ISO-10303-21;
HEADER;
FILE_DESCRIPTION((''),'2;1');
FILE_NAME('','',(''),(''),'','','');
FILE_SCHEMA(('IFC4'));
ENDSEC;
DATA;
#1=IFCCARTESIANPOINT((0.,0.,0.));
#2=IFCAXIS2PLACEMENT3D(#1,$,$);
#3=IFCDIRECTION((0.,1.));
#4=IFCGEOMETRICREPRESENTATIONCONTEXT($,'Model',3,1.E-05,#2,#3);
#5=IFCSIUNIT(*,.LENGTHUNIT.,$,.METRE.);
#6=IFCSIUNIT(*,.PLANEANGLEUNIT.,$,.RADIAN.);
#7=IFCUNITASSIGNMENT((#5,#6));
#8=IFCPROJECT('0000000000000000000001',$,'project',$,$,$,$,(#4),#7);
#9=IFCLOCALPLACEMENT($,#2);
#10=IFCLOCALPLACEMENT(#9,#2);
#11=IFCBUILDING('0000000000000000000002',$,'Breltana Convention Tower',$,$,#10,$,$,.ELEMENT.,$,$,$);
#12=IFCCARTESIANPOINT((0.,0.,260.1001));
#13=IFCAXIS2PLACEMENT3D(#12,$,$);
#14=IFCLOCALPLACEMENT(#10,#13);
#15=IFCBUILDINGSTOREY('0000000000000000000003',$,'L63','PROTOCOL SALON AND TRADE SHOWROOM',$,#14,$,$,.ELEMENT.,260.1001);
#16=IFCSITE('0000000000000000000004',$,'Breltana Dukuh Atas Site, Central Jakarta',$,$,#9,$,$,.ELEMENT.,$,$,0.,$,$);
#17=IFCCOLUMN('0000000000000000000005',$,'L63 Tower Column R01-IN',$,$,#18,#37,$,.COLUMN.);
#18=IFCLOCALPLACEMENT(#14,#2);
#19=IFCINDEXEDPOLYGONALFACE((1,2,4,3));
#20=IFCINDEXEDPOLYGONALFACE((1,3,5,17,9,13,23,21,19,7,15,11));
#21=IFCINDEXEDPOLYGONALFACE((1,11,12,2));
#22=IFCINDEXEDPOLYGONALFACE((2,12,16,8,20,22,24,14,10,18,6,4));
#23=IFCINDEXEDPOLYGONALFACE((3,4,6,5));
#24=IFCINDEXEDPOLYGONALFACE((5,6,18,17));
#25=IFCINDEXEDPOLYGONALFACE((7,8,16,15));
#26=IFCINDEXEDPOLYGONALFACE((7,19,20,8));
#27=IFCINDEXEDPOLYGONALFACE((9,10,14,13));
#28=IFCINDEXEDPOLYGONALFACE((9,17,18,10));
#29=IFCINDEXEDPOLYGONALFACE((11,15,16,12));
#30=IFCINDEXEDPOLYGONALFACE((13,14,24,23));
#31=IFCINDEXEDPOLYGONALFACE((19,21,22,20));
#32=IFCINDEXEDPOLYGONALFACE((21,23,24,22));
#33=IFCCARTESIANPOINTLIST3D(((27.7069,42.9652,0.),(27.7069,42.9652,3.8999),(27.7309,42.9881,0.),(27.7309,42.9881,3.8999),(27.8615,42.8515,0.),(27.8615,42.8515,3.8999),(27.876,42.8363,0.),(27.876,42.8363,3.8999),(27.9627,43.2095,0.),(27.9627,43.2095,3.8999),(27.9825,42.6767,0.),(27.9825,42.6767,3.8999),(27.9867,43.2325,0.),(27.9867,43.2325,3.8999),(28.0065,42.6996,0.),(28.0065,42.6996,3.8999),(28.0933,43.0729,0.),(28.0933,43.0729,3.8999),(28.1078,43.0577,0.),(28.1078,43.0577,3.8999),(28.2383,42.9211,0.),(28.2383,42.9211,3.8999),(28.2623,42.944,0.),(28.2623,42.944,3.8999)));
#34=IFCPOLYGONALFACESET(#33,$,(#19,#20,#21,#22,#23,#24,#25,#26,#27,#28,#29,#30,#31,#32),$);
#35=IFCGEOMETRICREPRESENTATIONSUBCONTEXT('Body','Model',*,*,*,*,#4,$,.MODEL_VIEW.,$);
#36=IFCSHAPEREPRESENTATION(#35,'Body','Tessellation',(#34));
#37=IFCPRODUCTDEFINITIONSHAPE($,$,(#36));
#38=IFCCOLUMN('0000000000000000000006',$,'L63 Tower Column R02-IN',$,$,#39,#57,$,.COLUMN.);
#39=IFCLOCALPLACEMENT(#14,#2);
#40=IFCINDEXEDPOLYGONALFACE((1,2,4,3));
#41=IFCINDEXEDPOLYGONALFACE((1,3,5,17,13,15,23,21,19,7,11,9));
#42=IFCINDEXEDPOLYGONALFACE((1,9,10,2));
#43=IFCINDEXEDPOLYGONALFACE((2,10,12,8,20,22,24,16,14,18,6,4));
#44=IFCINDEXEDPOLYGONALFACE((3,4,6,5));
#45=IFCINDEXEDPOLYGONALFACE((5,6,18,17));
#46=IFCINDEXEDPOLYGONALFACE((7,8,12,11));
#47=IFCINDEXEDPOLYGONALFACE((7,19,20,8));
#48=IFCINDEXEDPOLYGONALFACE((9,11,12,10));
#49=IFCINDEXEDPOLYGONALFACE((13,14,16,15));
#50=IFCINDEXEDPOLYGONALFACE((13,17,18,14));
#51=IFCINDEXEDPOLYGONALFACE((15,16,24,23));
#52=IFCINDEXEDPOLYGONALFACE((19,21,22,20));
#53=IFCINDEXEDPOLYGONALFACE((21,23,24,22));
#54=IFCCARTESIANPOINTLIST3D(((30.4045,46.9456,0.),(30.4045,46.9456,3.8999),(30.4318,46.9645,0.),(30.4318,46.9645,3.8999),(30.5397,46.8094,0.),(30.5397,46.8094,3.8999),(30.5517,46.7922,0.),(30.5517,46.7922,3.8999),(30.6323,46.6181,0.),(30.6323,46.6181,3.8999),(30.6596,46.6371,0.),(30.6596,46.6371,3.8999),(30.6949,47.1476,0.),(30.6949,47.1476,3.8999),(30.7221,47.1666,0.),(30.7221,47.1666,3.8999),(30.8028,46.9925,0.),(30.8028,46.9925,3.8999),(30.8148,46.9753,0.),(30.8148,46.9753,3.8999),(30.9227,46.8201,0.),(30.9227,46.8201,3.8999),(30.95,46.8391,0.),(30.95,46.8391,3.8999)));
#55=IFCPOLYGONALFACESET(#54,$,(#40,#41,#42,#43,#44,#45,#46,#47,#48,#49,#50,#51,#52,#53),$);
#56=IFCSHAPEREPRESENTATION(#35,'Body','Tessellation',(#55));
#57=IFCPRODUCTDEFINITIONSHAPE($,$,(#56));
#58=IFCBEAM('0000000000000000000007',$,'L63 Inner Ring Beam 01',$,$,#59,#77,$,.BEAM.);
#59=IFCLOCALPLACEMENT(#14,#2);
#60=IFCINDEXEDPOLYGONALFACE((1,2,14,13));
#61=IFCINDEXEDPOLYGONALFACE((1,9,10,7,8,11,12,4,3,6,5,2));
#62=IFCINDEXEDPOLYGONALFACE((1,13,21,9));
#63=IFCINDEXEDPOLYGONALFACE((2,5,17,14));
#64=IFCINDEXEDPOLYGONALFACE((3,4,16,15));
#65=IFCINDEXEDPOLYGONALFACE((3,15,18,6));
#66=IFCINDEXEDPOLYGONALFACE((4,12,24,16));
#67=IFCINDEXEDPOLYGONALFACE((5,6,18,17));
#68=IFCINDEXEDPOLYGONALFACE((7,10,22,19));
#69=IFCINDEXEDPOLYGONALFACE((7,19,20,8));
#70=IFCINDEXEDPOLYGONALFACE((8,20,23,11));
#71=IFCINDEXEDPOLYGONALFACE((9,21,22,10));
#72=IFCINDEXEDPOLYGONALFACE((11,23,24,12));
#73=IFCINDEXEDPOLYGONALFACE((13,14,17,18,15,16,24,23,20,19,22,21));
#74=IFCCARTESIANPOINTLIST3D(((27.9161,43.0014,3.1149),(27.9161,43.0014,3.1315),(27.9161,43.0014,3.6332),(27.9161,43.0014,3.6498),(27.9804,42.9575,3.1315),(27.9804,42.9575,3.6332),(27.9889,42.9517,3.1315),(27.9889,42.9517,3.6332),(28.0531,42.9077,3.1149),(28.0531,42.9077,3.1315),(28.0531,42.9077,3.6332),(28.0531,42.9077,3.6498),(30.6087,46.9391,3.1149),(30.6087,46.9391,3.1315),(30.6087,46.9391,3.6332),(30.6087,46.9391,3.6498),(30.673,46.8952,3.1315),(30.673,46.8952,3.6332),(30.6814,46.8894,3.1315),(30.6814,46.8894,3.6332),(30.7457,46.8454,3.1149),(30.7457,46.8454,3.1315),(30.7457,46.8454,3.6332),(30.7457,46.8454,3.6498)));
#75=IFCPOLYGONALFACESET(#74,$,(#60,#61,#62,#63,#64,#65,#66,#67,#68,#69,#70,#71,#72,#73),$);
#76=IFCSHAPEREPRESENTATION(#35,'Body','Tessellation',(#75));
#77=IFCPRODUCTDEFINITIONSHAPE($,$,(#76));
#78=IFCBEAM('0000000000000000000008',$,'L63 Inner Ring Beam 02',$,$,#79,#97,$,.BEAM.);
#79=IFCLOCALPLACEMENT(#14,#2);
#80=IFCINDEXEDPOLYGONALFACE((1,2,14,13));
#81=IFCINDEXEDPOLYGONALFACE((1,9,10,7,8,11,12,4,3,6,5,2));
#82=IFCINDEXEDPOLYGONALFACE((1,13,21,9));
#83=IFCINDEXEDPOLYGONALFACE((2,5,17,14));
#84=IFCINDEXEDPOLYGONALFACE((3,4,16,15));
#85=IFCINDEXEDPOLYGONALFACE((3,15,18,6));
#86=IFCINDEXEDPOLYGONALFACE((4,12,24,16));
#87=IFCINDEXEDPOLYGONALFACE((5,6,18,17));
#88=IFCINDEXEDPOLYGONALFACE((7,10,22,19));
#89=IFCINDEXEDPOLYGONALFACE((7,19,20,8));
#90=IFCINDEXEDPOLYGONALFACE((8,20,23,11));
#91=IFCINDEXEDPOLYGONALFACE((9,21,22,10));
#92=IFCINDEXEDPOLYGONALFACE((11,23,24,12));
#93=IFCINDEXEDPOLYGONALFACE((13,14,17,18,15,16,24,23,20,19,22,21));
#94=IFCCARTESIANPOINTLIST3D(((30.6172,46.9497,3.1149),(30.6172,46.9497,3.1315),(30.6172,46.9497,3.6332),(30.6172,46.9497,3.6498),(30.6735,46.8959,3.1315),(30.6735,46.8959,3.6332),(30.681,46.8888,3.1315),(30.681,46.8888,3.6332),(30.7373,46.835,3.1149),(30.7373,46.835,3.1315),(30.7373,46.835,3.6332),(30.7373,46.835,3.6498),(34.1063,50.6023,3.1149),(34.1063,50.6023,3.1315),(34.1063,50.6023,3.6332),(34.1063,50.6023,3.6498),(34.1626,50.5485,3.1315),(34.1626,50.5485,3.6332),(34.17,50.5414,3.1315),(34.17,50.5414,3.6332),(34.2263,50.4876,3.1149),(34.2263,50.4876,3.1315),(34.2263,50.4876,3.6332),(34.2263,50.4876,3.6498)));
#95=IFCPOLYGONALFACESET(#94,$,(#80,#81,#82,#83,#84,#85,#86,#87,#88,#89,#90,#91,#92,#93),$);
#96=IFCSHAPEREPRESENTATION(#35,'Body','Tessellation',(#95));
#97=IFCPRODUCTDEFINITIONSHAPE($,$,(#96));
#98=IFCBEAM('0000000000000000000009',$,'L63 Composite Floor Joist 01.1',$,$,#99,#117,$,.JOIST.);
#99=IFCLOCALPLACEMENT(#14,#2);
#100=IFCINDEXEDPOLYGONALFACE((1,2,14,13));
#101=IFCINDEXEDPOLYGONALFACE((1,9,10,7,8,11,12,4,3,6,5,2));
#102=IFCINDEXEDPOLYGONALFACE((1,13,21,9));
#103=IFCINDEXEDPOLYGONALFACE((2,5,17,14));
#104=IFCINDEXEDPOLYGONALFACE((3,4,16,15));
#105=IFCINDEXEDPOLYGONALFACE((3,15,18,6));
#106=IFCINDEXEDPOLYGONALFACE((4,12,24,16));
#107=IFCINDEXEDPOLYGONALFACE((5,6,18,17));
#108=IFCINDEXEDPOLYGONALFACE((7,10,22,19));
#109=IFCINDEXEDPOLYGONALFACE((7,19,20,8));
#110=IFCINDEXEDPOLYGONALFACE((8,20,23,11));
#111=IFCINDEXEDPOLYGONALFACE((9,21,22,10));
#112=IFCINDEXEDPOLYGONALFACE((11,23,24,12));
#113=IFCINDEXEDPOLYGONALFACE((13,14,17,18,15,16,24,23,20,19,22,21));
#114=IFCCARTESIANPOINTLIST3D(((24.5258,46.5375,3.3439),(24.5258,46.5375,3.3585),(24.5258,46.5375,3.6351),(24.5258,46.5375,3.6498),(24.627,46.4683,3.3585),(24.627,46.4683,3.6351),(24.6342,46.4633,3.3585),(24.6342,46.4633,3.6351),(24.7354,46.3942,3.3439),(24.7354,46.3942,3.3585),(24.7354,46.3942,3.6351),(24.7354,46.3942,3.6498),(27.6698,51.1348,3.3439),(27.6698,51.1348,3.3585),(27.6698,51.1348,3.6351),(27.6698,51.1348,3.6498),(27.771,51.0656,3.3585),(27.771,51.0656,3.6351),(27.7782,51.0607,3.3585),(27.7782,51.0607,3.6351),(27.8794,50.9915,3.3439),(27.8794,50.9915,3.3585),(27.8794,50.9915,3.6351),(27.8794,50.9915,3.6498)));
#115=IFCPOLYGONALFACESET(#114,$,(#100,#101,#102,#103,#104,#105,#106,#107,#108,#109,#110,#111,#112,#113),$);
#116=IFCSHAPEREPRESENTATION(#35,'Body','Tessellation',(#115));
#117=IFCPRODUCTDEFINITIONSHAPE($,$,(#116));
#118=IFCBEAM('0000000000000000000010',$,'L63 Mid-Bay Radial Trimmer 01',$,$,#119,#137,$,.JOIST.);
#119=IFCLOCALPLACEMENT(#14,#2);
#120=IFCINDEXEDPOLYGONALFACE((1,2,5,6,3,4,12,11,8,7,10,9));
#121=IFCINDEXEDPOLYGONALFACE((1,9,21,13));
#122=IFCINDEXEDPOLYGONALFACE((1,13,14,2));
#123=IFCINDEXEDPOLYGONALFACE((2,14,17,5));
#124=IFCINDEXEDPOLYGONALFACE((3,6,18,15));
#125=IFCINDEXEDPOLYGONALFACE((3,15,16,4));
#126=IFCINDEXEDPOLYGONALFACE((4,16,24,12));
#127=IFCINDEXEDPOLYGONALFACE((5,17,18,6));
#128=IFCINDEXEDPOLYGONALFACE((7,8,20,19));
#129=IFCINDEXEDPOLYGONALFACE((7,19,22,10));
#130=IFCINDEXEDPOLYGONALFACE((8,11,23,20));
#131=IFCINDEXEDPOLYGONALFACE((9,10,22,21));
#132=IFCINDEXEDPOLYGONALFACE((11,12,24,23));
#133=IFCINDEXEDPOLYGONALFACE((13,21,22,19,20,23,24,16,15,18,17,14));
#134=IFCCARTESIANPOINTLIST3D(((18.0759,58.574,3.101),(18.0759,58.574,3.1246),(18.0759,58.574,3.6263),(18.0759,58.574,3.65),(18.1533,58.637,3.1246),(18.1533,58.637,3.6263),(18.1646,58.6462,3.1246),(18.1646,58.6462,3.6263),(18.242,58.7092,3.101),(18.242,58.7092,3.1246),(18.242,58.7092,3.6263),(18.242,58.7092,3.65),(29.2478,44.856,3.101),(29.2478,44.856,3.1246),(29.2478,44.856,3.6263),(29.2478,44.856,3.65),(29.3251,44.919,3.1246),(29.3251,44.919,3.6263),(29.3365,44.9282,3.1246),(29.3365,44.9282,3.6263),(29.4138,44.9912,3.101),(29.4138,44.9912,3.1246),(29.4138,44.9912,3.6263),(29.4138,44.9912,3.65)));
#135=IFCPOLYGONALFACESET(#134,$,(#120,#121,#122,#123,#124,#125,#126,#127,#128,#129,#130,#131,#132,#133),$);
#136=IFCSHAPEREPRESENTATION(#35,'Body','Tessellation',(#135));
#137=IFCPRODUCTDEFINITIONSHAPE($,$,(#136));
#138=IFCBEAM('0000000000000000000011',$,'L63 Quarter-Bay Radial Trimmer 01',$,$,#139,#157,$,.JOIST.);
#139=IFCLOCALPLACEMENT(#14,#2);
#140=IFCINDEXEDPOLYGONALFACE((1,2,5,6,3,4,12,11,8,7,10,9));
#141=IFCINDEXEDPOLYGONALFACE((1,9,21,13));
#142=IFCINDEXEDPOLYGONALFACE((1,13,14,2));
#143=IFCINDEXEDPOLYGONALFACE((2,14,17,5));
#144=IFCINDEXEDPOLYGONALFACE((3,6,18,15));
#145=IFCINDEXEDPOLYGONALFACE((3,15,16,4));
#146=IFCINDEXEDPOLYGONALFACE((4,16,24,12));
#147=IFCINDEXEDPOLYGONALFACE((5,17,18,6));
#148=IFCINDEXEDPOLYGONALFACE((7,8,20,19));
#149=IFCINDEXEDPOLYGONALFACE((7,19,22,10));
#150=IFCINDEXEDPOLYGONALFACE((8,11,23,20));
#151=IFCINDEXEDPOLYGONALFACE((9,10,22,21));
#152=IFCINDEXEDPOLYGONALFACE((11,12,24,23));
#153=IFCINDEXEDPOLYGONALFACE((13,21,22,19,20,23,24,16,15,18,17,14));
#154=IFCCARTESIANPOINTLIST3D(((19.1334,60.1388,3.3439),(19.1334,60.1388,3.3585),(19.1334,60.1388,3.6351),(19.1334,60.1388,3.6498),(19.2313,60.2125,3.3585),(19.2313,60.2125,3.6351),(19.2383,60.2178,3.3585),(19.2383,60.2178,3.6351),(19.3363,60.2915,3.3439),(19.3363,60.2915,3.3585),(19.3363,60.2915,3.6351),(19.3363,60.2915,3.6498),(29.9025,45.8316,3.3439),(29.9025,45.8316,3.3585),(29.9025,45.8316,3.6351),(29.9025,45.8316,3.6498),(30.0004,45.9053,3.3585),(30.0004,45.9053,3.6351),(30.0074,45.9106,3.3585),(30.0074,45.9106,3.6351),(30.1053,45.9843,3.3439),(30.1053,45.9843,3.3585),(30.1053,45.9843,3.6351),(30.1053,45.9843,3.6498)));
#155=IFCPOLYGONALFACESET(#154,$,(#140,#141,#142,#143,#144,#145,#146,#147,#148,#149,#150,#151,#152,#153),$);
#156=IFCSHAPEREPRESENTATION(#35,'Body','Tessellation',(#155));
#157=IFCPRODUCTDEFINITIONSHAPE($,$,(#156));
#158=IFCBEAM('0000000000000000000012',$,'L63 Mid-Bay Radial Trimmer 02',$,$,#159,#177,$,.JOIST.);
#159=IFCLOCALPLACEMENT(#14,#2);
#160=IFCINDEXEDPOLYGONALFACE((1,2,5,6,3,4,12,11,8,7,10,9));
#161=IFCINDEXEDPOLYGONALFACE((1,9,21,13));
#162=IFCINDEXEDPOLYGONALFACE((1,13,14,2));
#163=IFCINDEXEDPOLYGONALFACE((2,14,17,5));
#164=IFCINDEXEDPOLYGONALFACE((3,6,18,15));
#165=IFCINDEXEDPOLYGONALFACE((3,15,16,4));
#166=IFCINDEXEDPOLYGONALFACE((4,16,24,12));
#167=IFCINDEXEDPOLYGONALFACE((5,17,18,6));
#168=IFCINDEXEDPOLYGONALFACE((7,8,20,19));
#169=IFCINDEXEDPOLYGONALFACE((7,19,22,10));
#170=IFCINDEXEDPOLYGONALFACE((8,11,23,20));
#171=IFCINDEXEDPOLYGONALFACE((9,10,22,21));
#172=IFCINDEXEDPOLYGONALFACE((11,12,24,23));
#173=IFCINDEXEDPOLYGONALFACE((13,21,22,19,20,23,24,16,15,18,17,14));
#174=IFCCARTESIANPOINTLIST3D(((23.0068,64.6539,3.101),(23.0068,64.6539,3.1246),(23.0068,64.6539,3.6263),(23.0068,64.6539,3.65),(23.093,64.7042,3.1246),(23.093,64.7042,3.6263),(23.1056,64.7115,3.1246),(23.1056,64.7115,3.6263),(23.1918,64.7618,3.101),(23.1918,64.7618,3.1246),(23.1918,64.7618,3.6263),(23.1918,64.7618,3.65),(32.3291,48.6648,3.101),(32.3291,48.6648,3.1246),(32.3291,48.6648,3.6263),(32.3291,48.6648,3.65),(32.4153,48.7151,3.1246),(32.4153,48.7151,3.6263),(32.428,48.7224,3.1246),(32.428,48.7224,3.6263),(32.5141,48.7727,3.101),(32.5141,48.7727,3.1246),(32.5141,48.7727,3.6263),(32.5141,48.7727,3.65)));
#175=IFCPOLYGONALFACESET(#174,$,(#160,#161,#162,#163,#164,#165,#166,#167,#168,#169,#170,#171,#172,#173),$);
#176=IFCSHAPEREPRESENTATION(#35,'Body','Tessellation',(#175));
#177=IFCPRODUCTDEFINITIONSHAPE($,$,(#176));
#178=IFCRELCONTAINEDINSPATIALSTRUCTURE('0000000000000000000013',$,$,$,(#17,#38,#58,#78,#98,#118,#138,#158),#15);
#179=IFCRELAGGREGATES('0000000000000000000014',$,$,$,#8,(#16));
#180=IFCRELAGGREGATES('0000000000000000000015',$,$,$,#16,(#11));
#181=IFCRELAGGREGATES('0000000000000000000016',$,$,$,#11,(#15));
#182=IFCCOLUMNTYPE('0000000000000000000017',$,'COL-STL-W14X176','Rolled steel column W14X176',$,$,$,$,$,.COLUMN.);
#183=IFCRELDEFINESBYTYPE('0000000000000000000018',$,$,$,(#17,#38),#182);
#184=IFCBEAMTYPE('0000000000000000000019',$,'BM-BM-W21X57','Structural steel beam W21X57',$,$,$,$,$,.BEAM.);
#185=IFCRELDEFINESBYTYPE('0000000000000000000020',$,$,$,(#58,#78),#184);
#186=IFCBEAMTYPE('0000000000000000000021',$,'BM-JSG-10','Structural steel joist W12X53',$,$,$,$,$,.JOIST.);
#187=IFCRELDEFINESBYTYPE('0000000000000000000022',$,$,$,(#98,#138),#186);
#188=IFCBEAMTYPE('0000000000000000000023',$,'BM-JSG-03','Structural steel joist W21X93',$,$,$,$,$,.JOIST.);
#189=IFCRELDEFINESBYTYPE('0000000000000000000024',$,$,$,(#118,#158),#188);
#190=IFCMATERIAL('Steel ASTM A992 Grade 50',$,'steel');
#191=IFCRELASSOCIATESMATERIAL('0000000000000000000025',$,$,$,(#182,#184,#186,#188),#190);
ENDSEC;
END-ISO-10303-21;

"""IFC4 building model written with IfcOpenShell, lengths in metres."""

from ifc_helpers import new_model, si_unit, direction, frame, origin, origin_2d, place, context, subcontext, project, spatial, i_section, extrude, source, transform, mapped, material, material_profile, profile_set, type_object, type_shapes, element, save


model = new_model("IFC4")

# Units and contexts
model_context = context("Model", 3, precision=1e-05, world=origin(), true_north=direction((0.0, 1.0)))
body_context = subcontext(model_context, "Body", "Model", "MODEL_VIEW")
ifc_project = project(units=[si_unit("LENGTHUNIT", "METRE"), si_unit("PLANEANGLEUNIT", "RADIAN")], contexts=[model_context])

# Site, building, storey
site_placement = place(None, origin())
site = spatial("IfcSite", under=ifc_project, at=site_placement, Name="Breltana Dukuh Atas Site, Central Jakarta", CompositionType="ELEMENT", RefElevation=0.0)
building_placement = place(site_placement, origin())
building = spatial("IfcBuilding", under=site, at=building_placement, Name="Breltana Convention Tower", CompositionType="ELEMENT")
storey_placement = place(building_placement, frame((0.0, 0.0, 260.1001)))
storey = spatial("IfcBuildingStorey", under=building, at=storey_placement, Name="L63", Description="PROTOCOL SALON AND TRADE SHOWROOM", CompositionType="ELEMENT", Elevation=260.1001)

# Columns
ifc_material_1 = material(Name="Steel ASTM A992 Grade 50", Category="steel")
ifc_material_profile_1 = material_profile(ifc_material_1, i_section(OverallWidth=0.3989, OverallDepth=0.387, WebThickness=0.021, FlangeThickness=0.0332, at=origin_2d()), Name="W14X176")
ifc_profile_set_1 = profile_set([ifc_material_profile_1], Name="Steel ASTM A992 Grade 50")
column_type = type_object("IfcColumnType", Name="COL-STL-W14X176", Description="Rolled steel column W14X176", PredefinedType="COLUMN", material=ifc_profile_set_1)
shared_shape_1 = source(origin(), body_context, "Body", "SweptSolid", [
    extrude(i_section(OverallWidth=0.3989, OverallDepth=0.387, WebThickness=0.021, FlangeThickness=0.0332, at=origin_2d()), origin(), (0.0, 0.0, 1.0), 3.8999),
])
type_shapes(column_type, [shared_shape_1])
for number, where, z_axis, x_axis, name in (
    (1, (27.9846, 42.9546, 0.0), (0.0, 0.0, 1.0), (-0.690756, 0.723088, 0.0), "L63 Tower Column R01-IN"),
    (2, (30.6772, 46.8923, 0.0), (0.0, 0.0, 1.0), (-0.571143, 0.82085, 0.0), "L63 Tower Column R02-IN"),
):
    element("IfcColumn", number, at=place(storey_placement, frame(where, z_axis=z_axis, x_axis=x_axis)), inside=storey, type_object=column_type, Name=name, PredefinedType="COLUMN", context=body_context, shape_type="MappedRepresentation", body=[
        mapped(shared_shape_1, transform((0.0, 0.0, 0.0), scale=1.0)),
    ])

# Beams
ifc_material_profile_2 = material_profile(ifc_material_1, i_section(OverallWidth=0.166, OverallDepth=0.5349, WebThickness=0.0103, FlangeThickness=0.0166, at=origin_2d()), Name="W21X57")
ifc_profile_set_2 = profile_set([ifc_material_profile_2], Name="Steel ASTM A992 Grade 50")
beam_type_1 = type_object("IfcBeamType", Name="BM-BM-W21X57", Description="Structural steel beam W21X57", PredefinedType="BEAM", material=ifc_profile_set_2)
shared_shape_2 = source(origin(), body_context, "Body", "SweptSolid", [
    extrude(i_section(OverallWidth=0.166, OverallDepth=0.5349, WebThickness=0.0103, FlangeThickness=0.0166, at=origin_2d()), origin(), (0.0, 0.0, 1.0), 4.7703),
])
beam_1_placement = place(storey_placement, frame((27.9846, 42.9546, 3.3823), z_axis=(0.564453, 0.825465, 0.0), x_axis=(-0.825465, 0.564453, 0.0)))
element("IfcBeam", 3, at=beam_1_placement, inside=storey, type_object=beam_type_1, Name="L63 Inner Ring Beam 01", PredefinedType="BEAM", context=body_context, shape_type="MappedRepresentation", body=[
    mapped(shared_shape_2, transform((0.0, 0.0, 0.0), scale=1.0)),
])
shared_shape_3 = source(origin(), body_context, "Body", "SweptSolid", [
    extrude(i_section(OverallWidth=0.166, OverallDepth=0.5349, WebThickness=0.0103, FlangeThickness=0.0166, at=origin_2d()), origin(), (0.0, 0.0, 1.0), 5.0513),
])
beam_2_placement = place(storey_placement, frame((30.6772, 46.8923, 3.3823), z_axis=(0.69073, 0.723113, 0.0), x_axis=(-0.723113, 0.69073, 0.0)))
element("IfcBeam", 4, at=beam_2_placement, inside=storey, type_object=beam_type_1, Name="L63 Inner Ring Beam 02", PredefinedType="BEAM", context=body_context, shape_type="MappedRepresentation", body=[
    mapped(shared_shape_3, transform((0.0, 0.0, 0.0), scale=1.0)),
])
ifc_material_profile_3 = material_profile(ifc_material_1, i_section(OverallWidth=0.2539, OverallDepth=0.3059, WebThickness=0.0088, FlangeThickness=0.0146, at=origin_2d()), Name="W12X53")
ifc_profile_set_3 = profile_set([ifc_material_profile_3], Name="Steel ASTM A992 Grade 50")
beam_type_2 = type_object("IfcBeamType", Name="BM-JSG-10", Description="Structural steel joist W12X53", PredefinedType="JOIST", material=ifc_profile_set_3)
shared_shape_4 = source(origin(), body_context, "Body", "SweptSolid", [
    extrude(i_section(OverallWidth=0.2539, OverallDepth=0.3059, WebThickness=0.0088, FlangeThickness=0.0146, at=origin_2d()), origin(), (0.0, 0.0, 1.0), 5.5696),
])
beam_3_placement = place(storey_placement, frame((24.6306, 46.4658, 3.4968), z_axis=(0.564494, 0.825437, 0.0), x_axis=(-0.825437, 0.564494, 0.0)))
element("IfcBeam", 5, at=beam_3_placement, inside=storey, type_object=beam_type_2, Name="L63 Composite Floor Joist 01.1", PredefinedType="JOIST", context=body_context, shape_type="MappedRepresentation", body=[
    mapped(shared_shape_4, transform((0.0, 0.0, 0.0), scale=1.0)),
])
ifc_material_profile_4 = material_profile(ifc_material_1, i_section(OverallWidth=0.2141, OverallDepth=0.5491, WebThickness=0.0146, FlangeThickness=0.0237, at=origin_2d()), Name="W21X93")
ifc_profile_set_4 = profile_set([ifc_material_profile_4], Name="Steel ASTM A992 Grade 50")
beam_type_3 = type_object("IfcBeamType", Name="BM-JSG-03", Description="Structural steel joist W21X93", PredefinedType="JOIST", material=ifc_profile_set_4)
shared_shape_5 = source(origin(), body_context, "Body", "SweptSolid", [
    extrude(i_section(OverallWidth=0.2141, OverallDepth=0.5491, WebThickness=0.0146, FlangeThickness=0.0237, at=origin_2d()), origin(), (0.0, 0.0, 1.0), 17.6917),
])
beam_4_placement = place(storey_placement, frame((29.3308, 44.9236, 3.3755), z_axis=(-0.631477, 0.775395, 0.0), x_axis=(-0.775395, -0.631477, 0.0)))
element("IfcBeam", 6, at=beam_4_placement, inside=storey, type_object=beam_type_3, Name="L63 Mid-Bay Radial Trimmer 01", PredefinedType="JOIST", context=body_context, shape_type="MappedRepresentation", body=[
    mapped(shared_shape_5, transform((0.0, 0.0, 0.0), scale=1.0)),
])
shared_shape_6 = source(origin(), body_context, "Body", "SweptSolid", [
    extrude(i_section(OverallWidth=0.2539, OverallDepth=0.3059, WebThickness=0.0088, FlangeThickness=0.0146, at=origin_2d()), origin(), (0.0, 0.0, 1.0), 17.9072),
])
beam_5_placement = place(storey_placement, frame((30.0039, 45.908, 3.4968), z_axis=(-0.601382, 0.798962, 0.0), x_axis=(-0.798962, -0.601382, 0.0)))
element("IfcBeam", 7, at=beam_5_placement, inside=storey, type_object=beam_type_2, Name="L63 Quarter-Bay Radial Trimmer 01", PredefinedType="JOIST", context=body_context, shape_type="MappedRepresentation", body=[
    mapped(shared_shape_6, transform((0.0, 0.0, 0.0), scale=1.0)),
])
shared_shape_7 = source(origin(), body_context, "Body", "SweptSolid", [
    extrude(i_section(OverallWidth=0.2141, OverallDepth=0.5491, WebThickness=0.0146, FlangeThickness=0.0237, at=origin_2d()), origin(), (0.0, 0.0, 1.0), 18.5083),
])
beam_6_placement = place(storey_placement, frame((32.4216, 48.7188, 3.3755), z_axis=(-0.503683, 0.863888, 0.0), x_axis=(-0.863888, -0.503683, 0.0)))
element("IfcBeam", 8, at=beam_6_placement, inside=storey, type_object=beam_type_3, Name="L63 Mid-Bay Radial Trimmer 02", PredefinedType="JOIST", context=body_context, shape_type="MappedRepresentation", body=[
    mapped(shared_shape_7, transform((0.0, 0.0, 0.0), scale=1.0)),
])

save(model, "model.ifc")
